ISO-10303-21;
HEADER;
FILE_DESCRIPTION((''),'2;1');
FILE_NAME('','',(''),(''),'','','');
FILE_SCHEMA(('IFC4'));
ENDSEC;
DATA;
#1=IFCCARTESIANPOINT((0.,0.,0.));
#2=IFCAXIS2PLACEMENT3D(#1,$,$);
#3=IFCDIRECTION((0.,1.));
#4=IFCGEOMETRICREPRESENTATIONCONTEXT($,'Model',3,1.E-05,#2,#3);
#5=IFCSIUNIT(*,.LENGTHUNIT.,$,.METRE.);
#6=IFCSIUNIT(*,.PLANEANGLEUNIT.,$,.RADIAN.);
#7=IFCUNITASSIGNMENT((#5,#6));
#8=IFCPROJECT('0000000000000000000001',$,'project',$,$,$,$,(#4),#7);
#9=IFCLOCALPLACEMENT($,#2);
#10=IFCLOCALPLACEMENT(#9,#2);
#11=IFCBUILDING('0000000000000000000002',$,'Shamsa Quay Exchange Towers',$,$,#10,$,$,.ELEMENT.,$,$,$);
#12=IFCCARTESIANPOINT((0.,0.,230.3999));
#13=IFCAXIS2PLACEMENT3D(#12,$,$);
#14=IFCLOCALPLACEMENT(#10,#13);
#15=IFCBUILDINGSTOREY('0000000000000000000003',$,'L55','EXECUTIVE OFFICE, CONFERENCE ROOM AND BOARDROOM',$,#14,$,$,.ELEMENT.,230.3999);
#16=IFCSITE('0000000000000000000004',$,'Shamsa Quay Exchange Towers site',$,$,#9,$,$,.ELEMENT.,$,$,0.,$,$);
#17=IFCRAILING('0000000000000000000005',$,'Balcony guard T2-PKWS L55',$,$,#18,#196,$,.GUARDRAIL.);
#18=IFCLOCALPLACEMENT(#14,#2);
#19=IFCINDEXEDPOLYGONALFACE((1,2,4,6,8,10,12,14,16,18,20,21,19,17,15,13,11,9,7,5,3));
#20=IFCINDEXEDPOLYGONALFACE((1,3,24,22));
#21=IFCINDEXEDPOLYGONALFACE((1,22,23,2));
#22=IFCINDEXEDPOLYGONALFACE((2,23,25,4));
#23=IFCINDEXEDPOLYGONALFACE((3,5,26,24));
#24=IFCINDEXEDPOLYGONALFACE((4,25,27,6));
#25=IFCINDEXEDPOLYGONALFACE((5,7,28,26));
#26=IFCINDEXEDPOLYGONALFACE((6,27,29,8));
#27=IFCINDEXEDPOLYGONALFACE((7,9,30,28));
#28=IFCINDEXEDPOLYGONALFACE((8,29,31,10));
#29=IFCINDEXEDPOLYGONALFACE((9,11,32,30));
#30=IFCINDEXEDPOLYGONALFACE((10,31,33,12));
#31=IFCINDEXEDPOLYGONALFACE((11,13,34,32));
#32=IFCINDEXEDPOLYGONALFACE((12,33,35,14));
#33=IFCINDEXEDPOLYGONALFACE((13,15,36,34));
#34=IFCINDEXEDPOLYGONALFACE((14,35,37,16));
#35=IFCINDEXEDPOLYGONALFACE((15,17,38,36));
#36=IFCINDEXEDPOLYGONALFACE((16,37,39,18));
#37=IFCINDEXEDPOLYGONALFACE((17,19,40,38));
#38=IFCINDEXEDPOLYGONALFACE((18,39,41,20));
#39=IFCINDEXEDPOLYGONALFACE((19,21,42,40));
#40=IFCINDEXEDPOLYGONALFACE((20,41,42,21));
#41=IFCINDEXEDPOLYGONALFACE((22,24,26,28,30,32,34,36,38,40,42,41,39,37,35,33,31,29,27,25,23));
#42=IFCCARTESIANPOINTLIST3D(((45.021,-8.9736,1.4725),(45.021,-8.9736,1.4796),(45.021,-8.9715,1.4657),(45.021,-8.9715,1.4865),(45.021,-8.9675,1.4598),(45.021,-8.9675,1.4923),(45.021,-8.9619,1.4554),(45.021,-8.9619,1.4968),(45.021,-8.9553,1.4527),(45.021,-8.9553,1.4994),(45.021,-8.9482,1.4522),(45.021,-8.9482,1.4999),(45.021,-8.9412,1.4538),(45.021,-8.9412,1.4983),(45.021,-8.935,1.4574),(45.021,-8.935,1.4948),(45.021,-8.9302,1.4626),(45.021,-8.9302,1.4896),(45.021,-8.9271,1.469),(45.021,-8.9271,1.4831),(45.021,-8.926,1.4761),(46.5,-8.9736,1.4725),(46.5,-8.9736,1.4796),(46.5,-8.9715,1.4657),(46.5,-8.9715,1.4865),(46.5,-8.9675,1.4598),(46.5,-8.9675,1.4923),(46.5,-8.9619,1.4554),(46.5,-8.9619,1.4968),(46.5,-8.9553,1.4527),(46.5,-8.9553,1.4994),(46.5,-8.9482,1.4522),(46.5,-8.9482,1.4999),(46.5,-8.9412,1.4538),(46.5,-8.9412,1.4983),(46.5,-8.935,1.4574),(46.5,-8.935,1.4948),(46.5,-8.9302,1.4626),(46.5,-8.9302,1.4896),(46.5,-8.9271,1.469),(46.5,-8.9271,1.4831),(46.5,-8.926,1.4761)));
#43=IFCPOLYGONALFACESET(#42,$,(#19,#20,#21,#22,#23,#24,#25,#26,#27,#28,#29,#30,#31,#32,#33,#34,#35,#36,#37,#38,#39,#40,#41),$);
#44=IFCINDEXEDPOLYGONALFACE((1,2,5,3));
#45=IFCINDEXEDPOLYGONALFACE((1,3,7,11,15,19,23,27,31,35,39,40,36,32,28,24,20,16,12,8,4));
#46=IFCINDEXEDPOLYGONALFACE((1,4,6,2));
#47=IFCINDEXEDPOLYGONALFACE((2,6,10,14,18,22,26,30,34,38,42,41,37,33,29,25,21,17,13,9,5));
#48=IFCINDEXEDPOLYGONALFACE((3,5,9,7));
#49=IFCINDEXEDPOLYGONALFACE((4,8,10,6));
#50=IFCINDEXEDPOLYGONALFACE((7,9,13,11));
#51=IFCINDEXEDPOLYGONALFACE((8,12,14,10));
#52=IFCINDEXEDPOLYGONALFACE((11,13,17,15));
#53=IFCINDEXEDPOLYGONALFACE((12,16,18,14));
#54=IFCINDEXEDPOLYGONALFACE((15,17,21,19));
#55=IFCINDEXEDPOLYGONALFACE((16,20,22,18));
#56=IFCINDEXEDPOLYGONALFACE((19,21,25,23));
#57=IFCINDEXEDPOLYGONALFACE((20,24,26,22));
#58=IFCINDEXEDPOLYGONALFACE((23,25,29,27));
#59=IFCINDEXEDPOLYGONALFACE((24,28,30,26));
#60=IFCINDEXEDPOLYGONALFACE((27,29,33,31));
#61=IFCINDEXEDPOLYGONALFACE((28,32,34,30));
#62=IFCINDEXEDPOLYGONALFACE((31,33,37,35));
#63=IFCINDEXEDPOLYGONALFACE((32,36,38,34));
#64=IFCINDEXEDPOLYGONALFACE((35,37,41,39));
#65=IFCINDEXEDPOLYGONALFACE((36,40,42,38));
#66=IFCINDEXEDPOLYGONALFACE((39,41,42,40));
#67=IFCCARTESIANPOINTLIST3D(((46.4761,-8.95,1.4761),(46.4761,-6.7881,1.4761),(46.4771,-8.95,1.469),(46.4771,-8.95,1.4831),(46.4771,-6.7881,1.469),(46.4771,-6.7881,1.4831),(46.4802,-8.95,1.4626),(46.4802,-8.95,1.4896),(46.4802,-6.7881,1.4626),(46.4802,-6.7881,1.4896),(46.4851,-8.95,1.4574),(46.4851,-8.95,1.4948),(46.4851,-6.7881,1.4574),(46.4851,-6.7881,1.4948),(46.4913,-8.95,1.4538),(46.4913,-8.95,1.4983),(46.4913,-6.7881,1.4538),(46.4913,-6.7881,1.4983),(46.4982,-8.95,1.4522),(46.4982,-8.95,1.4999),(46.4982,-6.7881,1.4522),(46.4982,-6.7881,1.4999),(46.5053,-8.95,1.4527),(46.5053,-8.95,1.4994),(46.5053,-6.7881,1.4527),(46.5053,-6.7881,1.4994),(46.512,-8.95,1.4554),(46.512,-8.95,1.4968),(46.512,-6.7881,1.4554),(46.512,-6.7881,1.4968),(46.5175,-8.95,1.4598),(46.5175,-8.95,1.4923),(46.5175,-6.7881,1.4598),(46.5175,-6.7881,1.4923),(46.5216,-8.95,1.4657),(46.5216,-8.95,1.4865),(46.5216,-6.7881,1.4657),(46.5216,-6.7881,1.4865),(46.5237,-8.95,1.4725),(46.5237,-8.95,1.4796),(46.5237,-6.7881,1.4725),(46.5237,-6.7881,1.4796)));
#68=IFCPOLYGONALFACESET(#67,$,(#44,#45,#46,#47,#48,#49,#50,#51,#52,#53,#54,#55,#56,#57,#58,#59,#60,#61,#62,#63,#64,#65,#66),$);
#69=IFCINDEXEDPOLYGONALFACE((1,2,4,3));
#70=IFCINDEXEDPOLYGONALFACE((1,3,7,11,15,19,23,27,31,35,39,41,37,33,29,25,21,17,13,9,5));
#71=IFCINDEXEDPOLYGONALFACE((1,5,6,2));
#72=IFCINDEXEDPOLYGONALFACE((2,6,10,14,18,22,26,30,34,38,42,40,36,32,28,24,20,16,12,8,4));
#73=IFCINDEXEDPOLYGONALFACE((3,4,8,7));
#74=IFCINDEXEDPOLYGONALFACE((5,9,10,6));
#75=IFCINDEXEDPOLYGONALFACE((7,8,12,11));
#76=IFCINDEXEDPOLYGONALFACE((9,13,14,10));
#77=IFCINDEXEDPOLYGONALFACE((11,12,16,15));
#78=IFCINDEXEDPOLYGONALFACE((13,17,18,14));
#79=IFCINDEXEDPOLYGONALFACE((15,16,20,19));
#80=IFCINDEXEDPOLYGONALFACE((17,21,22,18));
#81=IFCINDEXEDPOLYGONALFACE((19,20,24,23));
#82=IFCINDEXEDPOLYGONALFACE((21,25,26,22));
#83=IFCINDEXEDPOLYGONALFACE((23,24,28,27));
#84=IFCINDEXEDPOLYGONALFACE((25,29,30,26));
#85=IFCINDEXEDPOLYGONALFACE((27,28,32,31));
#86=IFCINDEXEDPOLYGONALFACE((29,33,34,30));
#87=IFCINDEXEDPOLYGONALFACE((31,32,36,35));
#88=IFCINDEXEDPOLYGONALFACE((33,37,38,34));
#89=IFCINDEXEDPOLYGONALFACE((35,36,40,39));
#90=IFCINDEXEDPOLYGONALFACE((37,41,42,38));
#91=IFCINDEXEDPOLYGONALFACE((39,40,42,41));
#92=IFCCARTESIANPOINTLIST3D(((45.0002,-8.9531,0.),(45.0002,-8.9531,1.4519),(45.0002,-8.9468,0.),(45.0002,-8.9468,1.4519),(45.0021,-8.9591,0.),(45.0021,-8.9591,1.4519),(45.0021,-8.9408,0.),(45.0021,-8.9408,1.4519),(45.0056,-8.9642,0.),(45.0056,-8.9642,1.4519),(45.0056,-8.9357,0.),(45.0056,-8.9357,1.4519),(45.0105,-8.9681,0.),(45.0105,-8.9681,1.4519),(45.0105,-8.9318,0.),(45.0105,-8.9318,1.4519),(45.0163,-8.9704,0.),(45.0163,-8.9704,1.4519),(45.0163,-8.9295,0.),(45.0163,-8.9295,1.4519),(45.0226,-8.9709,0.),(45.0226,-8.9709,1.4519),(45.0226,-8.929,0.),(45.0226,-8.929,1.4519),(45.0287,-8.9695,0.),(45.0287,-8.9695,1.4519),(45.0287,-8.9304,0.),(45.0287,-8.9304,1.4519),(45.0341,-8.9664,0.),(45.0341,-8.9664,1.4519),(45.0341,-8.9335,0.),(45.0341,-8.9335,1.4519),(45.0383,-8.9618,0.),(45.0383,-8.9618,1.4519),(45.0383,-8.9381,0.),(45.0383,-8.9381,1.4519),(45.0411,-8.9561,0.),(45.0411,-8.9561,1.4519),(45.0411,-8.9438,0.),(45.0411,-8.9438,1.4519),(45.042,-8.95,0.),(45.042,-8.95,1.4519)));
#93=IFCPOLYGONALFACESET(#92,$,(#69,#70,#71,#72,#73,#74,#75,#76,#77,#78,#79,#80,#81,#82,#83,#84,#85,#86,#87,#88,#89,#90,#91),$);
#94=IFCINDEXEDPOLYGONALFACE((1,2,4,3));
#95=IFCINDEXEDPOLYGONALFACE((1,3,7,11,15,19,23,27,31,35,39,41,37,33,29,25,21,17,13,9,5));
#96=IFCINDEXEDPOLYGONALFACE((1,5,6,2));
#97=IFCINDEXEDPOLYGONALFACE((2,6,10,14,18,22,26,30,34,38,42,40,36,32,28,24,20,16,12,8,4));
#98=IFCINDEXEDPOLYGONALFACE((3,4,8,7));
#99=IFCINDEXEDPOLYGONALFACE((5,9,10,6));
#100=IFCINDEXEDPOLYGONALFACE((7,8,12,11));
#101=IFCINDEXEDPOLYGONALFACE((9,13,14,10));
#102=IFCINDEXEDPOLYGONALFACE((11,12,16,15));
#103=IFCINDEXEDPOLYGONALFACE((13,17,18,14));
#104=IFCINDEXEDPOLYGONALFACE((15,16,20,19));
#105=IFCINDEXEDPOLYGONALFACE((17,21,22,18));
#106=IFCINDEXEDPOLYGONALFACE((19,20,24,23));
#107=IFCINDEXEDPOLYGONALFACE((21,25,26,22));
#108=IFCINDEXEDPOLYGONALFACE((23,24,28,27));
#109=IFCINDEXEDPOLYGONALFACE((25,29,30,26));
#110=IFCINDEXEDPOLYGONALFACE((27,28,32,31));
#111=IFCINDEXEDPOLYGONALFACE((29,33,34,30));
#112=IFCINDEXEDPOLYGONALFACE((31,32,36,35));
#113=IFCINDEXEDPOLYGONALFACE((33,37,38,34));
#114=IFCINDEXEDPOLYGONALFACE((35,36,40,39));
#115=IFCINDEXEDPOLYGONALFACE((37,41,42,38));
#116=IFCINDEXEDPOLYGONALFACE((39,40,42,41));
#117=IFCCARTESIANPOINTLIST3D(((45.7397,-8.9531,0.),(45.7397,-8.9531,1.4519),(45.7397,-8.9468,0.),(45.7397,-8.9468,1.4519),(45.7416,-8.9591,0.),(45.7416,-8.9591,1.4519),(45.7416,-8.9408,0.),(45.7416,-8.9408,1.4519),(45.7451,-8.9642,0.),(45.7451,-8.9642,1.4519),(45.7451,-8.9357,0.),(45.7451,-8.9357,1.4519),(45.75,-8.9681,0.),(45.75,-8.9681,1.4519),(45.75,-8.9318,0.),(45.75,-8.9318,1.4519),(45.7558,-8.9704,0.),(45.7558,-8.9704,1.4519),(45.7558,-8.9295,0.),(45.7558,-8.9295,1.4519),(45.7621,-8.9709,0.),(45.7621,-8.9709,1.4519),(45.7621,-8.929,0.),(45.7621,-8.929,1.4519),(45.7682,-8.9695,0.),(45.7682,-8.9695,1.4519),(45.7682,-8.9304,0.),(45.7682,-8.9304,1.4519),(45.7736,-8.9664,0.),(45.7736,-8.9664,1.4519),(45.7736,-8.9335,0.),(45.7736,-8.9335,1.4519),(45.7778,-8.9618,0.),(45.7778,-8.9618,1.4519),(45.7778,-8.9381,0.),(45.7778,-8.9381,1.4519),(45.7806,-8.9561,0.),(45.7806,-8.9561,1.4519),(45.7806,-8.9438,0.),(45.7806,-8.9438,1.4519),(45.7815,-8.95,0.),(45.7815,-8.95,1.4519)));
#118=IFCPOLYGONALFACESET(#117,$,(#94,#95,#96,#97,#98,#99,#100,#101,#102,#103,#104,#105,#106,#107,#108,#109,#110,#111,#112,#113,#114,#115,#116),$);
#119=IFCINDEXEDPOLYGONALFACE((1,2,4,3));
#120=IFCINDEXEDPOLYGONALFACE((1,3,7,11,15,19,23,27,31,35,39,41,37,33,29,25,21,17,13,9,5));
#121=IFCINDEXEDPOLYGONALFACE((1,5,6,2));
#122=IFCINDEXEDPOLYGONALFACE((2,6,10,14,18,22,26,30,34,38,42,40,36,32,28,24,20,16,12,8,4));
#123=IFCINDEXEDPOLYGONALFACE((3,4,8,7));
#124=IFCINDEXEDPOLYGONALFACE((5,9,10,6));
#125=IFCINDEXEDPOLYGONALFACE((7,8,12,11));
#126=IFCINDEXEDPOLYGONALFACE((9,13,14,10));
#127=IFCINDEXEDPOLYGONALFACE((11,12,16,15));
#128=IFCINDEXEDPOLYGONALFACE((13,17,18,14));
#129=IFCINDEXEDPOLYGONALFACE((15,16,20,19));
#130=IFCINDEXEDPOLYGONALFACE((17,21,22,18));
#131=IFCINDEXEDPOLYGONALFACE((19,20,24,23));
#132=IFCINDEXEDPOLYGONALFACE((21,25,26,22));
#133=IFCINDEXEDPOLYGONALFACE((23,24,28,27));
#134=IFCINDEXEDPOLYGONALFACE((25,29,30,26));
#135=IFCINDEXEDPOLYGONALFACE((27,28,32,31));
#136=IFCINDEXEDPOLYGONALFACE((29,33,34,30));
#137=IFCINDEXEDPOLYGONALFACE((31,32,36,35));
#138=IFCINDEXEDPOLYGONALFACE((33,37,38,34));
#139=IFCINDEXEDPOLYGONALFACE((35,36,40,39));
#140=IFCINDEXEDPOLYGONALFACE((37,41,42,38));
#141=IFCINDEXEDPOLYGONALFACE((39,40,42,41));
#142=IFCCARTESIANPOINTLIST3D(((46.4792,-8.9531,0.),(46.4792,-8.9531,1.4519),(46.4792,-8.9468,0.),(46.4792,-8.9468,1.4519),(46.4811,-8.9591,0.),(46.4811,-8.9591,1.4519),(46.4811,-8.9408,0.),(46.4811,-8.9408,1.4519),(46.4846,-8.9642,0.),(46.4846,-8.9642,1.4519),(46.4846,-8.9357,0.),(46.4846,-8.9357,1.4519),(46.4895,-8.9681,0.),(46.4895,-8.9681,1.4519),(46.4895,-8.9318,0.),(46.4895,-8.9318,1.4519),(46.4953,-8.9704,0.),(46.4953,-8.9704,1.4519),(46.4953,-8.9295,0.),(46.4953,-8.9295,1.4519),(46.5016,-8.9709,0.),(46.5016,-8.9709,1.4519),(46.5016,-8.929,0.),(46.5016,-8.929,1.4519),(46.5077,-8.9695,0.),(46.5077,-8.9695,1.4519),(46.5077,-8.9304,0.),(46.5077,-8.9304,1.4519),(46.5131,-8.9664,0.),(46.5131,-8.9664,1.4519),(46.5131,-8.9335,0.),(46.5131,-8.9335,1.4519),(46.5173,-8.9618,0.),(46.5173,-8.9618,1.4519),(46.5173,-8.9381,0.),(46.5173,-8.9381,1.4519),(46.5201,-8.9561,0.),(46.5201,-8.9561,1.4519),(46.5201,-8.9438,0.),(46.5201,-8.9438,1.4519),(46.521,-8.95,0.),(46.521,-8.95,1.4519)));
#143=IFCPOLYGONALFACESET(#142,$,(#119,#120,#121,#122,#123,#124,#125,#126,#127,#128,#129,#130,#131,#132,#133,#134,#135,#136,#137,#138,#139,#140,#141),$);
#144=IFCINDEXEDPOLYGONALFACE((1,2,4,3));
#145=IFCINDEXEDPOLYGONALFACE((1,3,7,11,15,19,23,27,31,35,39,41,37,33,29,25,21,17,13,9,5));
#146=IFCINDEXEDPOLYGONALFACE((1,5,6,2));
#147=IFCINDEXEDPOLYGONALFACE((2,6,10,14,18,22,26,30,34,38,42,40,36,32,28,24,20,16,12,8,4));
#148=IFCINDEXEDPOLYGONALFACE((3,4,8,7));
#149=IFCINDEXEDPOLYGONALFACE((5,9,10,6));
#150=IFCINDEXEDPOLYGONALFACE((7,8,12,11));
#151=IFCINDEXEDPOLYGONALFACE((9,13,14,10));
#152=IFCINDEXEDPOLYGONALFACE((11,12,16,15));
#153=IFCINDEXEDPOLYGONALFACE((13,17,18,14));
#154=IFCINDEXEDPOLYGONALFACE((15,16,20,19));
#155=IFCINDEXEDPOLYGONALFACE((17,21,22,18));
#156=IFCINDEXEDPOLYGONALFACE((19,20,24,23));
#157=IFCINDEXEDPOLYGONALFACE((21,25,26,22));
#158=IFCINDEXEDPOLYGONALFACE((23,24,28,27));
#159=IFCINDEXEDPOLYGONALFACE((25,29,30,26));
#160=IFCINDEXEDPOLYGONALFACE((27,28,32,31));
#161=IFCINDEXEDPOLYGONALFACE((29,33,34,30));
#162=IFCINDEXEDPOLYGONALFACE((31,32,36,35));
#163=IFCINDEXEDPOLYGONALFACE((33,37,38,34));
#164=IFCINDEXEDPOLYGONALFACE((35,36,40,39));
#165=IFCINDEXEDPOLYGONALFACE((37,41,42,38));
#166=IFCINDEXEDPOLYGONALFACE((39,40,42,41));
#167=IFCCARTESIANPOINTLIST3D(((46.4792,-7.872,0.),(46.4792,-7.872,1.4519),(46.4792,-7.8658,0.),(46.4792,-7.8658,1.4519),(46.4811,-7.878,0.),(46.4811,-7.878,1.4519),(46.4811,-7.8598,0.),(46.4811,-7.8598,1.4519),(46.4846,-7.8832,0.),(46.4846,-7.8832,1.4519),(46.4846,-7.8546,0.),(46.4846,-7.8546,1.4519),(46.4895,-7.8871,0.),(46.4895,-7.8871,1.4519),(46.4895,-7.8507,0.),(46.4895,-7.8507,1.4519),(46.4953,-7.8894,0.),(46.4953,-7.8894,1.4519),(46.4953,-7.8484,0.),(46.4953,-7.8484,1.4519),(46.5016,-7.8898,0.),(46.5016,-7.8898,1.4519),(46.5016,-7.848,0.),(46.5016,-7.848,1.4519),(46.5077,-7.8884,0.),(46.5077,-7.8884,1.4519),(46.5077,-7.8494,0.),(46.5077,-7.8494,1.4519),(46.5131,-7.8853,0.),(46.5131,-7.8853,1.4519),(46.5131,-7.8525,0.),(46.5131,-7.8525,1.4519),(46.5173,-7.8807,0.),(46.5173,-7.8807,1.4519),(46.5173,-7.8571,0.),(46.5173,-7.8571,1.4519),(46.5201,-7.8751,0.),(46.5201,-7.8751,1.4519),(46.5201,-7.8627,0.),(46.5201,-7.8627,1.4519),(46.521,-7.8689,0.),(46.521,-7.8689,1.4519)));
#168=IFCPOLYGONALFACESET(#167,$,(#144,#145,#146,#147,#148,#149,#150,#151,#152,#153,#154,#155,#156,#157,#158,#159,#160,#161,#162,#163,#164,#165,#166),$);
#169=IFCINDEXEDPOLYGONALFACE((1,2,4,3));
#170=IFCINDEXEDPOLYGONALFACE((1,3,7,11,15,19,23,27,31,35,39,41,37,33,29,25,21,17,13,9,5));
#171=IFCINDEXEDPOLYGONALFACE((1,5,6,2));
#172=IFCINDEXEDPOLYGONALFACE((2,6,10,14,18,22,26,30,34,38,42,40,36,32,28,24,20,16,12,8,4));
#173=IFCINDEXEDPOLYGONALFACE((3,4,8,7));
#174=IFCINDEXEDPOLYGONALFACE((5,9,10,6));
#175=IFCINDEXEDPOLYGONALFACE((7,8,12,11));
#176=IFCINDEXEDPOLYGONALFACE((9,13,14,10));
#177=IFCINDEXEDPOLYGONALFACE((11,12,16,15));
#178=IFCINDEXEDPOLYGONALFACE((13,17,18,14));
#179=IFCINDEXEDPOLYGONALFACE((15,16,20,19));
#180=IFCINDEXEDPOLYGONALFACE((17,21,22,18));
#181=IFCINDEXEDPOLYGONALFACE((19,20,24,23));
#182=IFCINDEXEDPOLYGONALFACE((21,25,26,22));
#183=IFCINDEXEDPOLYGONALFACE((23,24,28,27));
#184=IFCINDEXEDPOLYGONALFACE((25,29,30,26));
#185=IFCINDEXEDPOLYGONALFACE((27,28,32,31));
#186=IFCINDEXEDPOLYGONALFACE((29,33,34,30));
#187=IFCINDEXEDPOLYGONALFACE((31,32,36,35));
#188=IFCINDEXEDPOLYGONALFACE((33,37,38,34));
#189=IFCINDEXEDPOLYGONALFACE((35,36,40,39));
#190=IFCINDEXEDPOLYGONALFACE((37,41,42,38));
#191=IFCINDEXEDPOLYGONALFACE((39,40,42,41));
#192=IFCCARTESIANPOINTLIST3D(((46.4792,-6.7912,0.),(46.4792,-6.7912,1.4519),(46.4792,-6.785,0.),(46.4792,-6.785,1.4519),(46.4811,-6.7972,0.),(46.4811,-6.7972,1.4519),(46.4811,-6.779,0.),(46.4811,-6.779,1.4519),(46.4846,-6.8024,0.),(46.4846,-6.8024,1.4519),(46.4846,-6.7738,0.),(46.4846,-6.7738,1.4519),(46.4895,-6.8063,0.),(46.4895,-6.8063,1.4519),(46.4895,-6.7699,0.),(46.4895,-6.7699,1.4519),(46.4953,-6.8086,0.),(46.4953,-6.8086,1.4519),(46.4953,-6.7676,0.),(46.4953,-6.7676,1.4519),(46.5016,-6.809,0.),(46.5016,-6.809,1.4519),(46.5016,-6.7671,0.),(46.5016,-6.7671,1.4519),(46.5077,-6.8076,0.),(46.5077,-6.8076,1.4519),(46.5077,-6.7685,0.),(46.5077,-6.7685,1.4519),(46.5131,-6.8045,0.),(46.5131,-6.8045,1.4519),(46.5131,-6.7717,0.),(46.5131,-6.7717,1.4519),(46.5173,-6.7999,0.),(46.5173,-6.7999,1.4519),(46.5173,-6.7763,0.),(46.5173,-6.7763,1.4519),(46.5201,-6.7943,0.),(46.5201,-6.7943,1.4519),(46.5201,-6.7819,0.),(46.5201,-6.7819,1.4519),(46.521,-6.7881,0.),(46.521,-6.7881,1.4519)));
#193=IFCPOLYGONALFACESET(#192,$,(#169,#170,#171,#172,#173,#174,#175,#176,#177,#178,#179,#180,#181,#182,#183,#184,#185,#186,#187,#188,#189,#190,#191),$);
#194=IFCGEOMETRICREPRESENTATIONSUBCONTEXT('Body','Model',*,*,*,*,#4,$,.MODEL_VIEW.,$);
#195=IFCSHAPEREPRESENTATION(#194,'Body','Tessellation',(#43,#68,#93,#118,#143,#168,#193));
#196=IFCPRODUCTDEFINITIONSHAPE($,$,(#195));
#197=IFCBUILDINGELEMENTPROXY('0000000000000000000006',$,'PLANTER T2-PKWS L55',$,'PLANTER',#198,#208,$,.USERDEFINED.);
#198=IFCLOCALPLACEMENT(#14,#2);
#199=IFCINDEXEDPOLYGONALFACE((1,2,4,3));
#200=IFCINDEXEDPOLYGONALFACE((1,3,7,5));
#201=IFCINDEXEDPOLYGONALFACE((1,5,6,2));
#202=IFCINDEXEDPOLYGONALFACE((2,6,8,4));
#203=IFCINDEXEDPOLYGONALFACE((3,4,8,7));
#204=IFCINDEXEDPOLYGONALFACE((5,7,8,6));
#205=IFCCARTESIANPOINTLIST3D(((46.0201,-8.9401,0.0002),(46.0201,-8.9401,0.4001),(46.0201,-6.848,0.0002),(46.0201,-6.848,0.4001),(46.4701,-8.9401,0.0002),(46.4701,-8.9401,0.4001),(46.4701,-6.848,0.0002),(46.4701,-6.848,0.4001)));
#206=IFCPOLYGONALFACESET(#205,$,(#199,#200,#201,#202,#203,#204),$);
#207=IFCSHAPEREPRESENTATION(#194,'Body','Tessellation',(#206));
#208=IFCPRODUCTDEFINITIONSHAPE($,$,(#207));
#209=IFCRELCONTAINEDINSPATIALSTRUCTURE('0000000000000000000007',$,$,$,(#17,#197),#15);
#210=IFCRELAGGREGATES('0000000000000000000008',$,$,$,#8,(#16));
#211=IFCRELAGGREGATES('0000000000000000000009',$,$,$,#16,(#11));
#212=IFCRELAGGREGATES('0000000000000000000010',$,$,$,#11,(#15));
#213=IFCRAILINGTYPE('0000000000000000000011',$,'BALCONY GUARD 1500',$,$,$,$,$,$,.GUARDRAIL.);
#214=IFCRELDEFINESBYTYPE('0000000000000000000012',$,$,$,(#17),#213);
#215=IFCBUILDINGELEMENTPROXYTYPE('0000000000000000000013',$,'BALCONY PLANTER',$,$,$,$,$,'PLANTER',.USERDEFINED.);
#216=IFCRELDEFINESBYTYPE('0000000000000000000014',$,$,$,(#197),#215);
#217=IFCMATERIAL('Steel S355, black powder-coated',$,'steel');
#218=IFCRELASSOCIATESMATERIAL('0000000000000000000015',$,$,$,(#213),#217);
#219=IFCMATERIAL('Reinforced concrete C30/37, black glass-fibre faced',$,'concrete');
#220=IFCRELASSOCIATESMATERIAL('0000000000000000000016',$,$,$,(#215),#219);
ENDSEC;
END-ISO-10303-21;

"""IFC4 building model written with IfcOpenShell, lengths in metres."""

from ifc_helpers import new_model, si_unit, direction, frame, origin, origin_2d, place, context, subcontext, project, spatial, rectangle, circle, extrude, material, type_object, element, save


model = new_model("IFC4")

# Units and contexts
model_context = context("Model", 3, precision=1e-05, world=origin(), true_north=direction((0.0, 1.0)))
body_context = subcontext(model_context, "Body", "Model", "MODEL_VIEW")
ifc_project = project(units=[si_unit("LENGTHUNIT", "METRE"), si_unit("PLANEANGLEUNIT", "RADIAN")], contexts=[model_context])

# Site, building, storey
site_placement = place(None, origin())
site = spatial("IfcSite", under=ifc_project, at=site_placement, Name="Shamsa Quay Exchange Towers site", CompositionType="ELEMENT", RefElevation=0.0)
building_placement = place(site_placement, origin())
building = spatial("IfcBuilding", under=site, at=building_placement, Name="Shamsa Quay Exchange Towers", CompositionType="ELEMENT")
storey_placement = place(building_placement, frame((0.0, 0.0, 230.3999)))
storey = spatial("IfcBuildingStorey", under=building, at=storey_placement, Name="L55", Description="EXECUTIVE OFFICE, CONFERENCE ROOM AND BOARDROOM", CompositionType="ELEMENT", Elevation=230.3999)

# Railing
ifc_material_1 = material(Name="Steel S355, black powder-coated", Category="steel")
railing_type_1 = type_object("IfcRailingType", Name="BALCONY GUARD 1500", PredefinedType="GUARDRAIL", material=ifc_material_1)
railing_1_placement = place(storey_placement, frame((45.021, -8.95, 0.0)))
element("IfcRailing", 1, at=railing_1_placement, inside=storey, type_object=railing_type_1, Name="Balcony guard T2-PKWS L55", PredefinedType="GUARDRAIL", context=body_context, shape_type="SweptSolid", body=[
    extrude(circle(Radius=0.0239, at=origin_2d()), frame((0.0, 0.0, 1.4761), z_axis=(1.0, 0.0, 0.0), x_axis=(0.0, 1.0, 0.0)), (0.0, 0.0, 1.0), 1.479),
    extrude(circle(Radius=0.0239, at=origin_2d()), frame((1.479, 0.0, 1.4761), z_axis=(0.0, 1.0, 0.0), x_axis=(-1.0, 0.0, 0.0)), (0.0, 0.0, 1.0), 2.1619),
    extrude(circle(Radius=0.021, at=origin_2d()), origin(), (0.0, 0.0, 1.0), 1.4519),
    extrude(circle(Radius=0.021, at=origin_2d()), frame((0.7395, 0.0, 0.0)), (0.0, 0.0, 1.0), 1.4519),
    extrude(circle(Radius=0.021, at=origin_2d()), frame((1.479, 0.0, 0.0)), (0.0, 0.0, 1.0), 1.4519),
    extrude(circle(Radius=0.021, at=origin_2d()), frame((1.479, 1.0811, 0.0)), (0.0, 0.0, 1.0), 1.4519),
    extrude(circle(Radius=0.021, at=origin_2d()), frame((1.479, 2.1619, 0.0)), (0.0, 0.0, 1.0), 1.4519),
])

# Building element proxy
ifc_material_2 = material(Name="Reinforced concrete C30/37, black glass-fibre faced", Category="concrete")
building_element_proxy_type = type_object("IfcBuildingElementProxyType", Name="BALCONY PLANTER", ElementType="PLANTER", PredefinedType="USERDEFINED", material=ifc_material_2)
proxy_placement = place(storey_placement, frame((46.2451, -7.894, 0.0002), z_axis=(0.0, 0.0, 1.0), x_axis=(0.0, 1.0, 0.0)))
element("IfcBuildingElementProxy", 2, at=proxy_placement, inside=storey, type_object=building_element_proxy_type, Name="PLANTER T2-PKWS L55", ObjectType="PLANTER", PredefinedType="USERDEFINED", context=body_context, shape_type="SweptSolid", body=[
    extrude(rectangle(XDim=2.092, YDim=0.45, at=origin_2d()), origin(), (0.0, 0.0, 1.0), 0.3999),
])

save(model, "model.ifc")
